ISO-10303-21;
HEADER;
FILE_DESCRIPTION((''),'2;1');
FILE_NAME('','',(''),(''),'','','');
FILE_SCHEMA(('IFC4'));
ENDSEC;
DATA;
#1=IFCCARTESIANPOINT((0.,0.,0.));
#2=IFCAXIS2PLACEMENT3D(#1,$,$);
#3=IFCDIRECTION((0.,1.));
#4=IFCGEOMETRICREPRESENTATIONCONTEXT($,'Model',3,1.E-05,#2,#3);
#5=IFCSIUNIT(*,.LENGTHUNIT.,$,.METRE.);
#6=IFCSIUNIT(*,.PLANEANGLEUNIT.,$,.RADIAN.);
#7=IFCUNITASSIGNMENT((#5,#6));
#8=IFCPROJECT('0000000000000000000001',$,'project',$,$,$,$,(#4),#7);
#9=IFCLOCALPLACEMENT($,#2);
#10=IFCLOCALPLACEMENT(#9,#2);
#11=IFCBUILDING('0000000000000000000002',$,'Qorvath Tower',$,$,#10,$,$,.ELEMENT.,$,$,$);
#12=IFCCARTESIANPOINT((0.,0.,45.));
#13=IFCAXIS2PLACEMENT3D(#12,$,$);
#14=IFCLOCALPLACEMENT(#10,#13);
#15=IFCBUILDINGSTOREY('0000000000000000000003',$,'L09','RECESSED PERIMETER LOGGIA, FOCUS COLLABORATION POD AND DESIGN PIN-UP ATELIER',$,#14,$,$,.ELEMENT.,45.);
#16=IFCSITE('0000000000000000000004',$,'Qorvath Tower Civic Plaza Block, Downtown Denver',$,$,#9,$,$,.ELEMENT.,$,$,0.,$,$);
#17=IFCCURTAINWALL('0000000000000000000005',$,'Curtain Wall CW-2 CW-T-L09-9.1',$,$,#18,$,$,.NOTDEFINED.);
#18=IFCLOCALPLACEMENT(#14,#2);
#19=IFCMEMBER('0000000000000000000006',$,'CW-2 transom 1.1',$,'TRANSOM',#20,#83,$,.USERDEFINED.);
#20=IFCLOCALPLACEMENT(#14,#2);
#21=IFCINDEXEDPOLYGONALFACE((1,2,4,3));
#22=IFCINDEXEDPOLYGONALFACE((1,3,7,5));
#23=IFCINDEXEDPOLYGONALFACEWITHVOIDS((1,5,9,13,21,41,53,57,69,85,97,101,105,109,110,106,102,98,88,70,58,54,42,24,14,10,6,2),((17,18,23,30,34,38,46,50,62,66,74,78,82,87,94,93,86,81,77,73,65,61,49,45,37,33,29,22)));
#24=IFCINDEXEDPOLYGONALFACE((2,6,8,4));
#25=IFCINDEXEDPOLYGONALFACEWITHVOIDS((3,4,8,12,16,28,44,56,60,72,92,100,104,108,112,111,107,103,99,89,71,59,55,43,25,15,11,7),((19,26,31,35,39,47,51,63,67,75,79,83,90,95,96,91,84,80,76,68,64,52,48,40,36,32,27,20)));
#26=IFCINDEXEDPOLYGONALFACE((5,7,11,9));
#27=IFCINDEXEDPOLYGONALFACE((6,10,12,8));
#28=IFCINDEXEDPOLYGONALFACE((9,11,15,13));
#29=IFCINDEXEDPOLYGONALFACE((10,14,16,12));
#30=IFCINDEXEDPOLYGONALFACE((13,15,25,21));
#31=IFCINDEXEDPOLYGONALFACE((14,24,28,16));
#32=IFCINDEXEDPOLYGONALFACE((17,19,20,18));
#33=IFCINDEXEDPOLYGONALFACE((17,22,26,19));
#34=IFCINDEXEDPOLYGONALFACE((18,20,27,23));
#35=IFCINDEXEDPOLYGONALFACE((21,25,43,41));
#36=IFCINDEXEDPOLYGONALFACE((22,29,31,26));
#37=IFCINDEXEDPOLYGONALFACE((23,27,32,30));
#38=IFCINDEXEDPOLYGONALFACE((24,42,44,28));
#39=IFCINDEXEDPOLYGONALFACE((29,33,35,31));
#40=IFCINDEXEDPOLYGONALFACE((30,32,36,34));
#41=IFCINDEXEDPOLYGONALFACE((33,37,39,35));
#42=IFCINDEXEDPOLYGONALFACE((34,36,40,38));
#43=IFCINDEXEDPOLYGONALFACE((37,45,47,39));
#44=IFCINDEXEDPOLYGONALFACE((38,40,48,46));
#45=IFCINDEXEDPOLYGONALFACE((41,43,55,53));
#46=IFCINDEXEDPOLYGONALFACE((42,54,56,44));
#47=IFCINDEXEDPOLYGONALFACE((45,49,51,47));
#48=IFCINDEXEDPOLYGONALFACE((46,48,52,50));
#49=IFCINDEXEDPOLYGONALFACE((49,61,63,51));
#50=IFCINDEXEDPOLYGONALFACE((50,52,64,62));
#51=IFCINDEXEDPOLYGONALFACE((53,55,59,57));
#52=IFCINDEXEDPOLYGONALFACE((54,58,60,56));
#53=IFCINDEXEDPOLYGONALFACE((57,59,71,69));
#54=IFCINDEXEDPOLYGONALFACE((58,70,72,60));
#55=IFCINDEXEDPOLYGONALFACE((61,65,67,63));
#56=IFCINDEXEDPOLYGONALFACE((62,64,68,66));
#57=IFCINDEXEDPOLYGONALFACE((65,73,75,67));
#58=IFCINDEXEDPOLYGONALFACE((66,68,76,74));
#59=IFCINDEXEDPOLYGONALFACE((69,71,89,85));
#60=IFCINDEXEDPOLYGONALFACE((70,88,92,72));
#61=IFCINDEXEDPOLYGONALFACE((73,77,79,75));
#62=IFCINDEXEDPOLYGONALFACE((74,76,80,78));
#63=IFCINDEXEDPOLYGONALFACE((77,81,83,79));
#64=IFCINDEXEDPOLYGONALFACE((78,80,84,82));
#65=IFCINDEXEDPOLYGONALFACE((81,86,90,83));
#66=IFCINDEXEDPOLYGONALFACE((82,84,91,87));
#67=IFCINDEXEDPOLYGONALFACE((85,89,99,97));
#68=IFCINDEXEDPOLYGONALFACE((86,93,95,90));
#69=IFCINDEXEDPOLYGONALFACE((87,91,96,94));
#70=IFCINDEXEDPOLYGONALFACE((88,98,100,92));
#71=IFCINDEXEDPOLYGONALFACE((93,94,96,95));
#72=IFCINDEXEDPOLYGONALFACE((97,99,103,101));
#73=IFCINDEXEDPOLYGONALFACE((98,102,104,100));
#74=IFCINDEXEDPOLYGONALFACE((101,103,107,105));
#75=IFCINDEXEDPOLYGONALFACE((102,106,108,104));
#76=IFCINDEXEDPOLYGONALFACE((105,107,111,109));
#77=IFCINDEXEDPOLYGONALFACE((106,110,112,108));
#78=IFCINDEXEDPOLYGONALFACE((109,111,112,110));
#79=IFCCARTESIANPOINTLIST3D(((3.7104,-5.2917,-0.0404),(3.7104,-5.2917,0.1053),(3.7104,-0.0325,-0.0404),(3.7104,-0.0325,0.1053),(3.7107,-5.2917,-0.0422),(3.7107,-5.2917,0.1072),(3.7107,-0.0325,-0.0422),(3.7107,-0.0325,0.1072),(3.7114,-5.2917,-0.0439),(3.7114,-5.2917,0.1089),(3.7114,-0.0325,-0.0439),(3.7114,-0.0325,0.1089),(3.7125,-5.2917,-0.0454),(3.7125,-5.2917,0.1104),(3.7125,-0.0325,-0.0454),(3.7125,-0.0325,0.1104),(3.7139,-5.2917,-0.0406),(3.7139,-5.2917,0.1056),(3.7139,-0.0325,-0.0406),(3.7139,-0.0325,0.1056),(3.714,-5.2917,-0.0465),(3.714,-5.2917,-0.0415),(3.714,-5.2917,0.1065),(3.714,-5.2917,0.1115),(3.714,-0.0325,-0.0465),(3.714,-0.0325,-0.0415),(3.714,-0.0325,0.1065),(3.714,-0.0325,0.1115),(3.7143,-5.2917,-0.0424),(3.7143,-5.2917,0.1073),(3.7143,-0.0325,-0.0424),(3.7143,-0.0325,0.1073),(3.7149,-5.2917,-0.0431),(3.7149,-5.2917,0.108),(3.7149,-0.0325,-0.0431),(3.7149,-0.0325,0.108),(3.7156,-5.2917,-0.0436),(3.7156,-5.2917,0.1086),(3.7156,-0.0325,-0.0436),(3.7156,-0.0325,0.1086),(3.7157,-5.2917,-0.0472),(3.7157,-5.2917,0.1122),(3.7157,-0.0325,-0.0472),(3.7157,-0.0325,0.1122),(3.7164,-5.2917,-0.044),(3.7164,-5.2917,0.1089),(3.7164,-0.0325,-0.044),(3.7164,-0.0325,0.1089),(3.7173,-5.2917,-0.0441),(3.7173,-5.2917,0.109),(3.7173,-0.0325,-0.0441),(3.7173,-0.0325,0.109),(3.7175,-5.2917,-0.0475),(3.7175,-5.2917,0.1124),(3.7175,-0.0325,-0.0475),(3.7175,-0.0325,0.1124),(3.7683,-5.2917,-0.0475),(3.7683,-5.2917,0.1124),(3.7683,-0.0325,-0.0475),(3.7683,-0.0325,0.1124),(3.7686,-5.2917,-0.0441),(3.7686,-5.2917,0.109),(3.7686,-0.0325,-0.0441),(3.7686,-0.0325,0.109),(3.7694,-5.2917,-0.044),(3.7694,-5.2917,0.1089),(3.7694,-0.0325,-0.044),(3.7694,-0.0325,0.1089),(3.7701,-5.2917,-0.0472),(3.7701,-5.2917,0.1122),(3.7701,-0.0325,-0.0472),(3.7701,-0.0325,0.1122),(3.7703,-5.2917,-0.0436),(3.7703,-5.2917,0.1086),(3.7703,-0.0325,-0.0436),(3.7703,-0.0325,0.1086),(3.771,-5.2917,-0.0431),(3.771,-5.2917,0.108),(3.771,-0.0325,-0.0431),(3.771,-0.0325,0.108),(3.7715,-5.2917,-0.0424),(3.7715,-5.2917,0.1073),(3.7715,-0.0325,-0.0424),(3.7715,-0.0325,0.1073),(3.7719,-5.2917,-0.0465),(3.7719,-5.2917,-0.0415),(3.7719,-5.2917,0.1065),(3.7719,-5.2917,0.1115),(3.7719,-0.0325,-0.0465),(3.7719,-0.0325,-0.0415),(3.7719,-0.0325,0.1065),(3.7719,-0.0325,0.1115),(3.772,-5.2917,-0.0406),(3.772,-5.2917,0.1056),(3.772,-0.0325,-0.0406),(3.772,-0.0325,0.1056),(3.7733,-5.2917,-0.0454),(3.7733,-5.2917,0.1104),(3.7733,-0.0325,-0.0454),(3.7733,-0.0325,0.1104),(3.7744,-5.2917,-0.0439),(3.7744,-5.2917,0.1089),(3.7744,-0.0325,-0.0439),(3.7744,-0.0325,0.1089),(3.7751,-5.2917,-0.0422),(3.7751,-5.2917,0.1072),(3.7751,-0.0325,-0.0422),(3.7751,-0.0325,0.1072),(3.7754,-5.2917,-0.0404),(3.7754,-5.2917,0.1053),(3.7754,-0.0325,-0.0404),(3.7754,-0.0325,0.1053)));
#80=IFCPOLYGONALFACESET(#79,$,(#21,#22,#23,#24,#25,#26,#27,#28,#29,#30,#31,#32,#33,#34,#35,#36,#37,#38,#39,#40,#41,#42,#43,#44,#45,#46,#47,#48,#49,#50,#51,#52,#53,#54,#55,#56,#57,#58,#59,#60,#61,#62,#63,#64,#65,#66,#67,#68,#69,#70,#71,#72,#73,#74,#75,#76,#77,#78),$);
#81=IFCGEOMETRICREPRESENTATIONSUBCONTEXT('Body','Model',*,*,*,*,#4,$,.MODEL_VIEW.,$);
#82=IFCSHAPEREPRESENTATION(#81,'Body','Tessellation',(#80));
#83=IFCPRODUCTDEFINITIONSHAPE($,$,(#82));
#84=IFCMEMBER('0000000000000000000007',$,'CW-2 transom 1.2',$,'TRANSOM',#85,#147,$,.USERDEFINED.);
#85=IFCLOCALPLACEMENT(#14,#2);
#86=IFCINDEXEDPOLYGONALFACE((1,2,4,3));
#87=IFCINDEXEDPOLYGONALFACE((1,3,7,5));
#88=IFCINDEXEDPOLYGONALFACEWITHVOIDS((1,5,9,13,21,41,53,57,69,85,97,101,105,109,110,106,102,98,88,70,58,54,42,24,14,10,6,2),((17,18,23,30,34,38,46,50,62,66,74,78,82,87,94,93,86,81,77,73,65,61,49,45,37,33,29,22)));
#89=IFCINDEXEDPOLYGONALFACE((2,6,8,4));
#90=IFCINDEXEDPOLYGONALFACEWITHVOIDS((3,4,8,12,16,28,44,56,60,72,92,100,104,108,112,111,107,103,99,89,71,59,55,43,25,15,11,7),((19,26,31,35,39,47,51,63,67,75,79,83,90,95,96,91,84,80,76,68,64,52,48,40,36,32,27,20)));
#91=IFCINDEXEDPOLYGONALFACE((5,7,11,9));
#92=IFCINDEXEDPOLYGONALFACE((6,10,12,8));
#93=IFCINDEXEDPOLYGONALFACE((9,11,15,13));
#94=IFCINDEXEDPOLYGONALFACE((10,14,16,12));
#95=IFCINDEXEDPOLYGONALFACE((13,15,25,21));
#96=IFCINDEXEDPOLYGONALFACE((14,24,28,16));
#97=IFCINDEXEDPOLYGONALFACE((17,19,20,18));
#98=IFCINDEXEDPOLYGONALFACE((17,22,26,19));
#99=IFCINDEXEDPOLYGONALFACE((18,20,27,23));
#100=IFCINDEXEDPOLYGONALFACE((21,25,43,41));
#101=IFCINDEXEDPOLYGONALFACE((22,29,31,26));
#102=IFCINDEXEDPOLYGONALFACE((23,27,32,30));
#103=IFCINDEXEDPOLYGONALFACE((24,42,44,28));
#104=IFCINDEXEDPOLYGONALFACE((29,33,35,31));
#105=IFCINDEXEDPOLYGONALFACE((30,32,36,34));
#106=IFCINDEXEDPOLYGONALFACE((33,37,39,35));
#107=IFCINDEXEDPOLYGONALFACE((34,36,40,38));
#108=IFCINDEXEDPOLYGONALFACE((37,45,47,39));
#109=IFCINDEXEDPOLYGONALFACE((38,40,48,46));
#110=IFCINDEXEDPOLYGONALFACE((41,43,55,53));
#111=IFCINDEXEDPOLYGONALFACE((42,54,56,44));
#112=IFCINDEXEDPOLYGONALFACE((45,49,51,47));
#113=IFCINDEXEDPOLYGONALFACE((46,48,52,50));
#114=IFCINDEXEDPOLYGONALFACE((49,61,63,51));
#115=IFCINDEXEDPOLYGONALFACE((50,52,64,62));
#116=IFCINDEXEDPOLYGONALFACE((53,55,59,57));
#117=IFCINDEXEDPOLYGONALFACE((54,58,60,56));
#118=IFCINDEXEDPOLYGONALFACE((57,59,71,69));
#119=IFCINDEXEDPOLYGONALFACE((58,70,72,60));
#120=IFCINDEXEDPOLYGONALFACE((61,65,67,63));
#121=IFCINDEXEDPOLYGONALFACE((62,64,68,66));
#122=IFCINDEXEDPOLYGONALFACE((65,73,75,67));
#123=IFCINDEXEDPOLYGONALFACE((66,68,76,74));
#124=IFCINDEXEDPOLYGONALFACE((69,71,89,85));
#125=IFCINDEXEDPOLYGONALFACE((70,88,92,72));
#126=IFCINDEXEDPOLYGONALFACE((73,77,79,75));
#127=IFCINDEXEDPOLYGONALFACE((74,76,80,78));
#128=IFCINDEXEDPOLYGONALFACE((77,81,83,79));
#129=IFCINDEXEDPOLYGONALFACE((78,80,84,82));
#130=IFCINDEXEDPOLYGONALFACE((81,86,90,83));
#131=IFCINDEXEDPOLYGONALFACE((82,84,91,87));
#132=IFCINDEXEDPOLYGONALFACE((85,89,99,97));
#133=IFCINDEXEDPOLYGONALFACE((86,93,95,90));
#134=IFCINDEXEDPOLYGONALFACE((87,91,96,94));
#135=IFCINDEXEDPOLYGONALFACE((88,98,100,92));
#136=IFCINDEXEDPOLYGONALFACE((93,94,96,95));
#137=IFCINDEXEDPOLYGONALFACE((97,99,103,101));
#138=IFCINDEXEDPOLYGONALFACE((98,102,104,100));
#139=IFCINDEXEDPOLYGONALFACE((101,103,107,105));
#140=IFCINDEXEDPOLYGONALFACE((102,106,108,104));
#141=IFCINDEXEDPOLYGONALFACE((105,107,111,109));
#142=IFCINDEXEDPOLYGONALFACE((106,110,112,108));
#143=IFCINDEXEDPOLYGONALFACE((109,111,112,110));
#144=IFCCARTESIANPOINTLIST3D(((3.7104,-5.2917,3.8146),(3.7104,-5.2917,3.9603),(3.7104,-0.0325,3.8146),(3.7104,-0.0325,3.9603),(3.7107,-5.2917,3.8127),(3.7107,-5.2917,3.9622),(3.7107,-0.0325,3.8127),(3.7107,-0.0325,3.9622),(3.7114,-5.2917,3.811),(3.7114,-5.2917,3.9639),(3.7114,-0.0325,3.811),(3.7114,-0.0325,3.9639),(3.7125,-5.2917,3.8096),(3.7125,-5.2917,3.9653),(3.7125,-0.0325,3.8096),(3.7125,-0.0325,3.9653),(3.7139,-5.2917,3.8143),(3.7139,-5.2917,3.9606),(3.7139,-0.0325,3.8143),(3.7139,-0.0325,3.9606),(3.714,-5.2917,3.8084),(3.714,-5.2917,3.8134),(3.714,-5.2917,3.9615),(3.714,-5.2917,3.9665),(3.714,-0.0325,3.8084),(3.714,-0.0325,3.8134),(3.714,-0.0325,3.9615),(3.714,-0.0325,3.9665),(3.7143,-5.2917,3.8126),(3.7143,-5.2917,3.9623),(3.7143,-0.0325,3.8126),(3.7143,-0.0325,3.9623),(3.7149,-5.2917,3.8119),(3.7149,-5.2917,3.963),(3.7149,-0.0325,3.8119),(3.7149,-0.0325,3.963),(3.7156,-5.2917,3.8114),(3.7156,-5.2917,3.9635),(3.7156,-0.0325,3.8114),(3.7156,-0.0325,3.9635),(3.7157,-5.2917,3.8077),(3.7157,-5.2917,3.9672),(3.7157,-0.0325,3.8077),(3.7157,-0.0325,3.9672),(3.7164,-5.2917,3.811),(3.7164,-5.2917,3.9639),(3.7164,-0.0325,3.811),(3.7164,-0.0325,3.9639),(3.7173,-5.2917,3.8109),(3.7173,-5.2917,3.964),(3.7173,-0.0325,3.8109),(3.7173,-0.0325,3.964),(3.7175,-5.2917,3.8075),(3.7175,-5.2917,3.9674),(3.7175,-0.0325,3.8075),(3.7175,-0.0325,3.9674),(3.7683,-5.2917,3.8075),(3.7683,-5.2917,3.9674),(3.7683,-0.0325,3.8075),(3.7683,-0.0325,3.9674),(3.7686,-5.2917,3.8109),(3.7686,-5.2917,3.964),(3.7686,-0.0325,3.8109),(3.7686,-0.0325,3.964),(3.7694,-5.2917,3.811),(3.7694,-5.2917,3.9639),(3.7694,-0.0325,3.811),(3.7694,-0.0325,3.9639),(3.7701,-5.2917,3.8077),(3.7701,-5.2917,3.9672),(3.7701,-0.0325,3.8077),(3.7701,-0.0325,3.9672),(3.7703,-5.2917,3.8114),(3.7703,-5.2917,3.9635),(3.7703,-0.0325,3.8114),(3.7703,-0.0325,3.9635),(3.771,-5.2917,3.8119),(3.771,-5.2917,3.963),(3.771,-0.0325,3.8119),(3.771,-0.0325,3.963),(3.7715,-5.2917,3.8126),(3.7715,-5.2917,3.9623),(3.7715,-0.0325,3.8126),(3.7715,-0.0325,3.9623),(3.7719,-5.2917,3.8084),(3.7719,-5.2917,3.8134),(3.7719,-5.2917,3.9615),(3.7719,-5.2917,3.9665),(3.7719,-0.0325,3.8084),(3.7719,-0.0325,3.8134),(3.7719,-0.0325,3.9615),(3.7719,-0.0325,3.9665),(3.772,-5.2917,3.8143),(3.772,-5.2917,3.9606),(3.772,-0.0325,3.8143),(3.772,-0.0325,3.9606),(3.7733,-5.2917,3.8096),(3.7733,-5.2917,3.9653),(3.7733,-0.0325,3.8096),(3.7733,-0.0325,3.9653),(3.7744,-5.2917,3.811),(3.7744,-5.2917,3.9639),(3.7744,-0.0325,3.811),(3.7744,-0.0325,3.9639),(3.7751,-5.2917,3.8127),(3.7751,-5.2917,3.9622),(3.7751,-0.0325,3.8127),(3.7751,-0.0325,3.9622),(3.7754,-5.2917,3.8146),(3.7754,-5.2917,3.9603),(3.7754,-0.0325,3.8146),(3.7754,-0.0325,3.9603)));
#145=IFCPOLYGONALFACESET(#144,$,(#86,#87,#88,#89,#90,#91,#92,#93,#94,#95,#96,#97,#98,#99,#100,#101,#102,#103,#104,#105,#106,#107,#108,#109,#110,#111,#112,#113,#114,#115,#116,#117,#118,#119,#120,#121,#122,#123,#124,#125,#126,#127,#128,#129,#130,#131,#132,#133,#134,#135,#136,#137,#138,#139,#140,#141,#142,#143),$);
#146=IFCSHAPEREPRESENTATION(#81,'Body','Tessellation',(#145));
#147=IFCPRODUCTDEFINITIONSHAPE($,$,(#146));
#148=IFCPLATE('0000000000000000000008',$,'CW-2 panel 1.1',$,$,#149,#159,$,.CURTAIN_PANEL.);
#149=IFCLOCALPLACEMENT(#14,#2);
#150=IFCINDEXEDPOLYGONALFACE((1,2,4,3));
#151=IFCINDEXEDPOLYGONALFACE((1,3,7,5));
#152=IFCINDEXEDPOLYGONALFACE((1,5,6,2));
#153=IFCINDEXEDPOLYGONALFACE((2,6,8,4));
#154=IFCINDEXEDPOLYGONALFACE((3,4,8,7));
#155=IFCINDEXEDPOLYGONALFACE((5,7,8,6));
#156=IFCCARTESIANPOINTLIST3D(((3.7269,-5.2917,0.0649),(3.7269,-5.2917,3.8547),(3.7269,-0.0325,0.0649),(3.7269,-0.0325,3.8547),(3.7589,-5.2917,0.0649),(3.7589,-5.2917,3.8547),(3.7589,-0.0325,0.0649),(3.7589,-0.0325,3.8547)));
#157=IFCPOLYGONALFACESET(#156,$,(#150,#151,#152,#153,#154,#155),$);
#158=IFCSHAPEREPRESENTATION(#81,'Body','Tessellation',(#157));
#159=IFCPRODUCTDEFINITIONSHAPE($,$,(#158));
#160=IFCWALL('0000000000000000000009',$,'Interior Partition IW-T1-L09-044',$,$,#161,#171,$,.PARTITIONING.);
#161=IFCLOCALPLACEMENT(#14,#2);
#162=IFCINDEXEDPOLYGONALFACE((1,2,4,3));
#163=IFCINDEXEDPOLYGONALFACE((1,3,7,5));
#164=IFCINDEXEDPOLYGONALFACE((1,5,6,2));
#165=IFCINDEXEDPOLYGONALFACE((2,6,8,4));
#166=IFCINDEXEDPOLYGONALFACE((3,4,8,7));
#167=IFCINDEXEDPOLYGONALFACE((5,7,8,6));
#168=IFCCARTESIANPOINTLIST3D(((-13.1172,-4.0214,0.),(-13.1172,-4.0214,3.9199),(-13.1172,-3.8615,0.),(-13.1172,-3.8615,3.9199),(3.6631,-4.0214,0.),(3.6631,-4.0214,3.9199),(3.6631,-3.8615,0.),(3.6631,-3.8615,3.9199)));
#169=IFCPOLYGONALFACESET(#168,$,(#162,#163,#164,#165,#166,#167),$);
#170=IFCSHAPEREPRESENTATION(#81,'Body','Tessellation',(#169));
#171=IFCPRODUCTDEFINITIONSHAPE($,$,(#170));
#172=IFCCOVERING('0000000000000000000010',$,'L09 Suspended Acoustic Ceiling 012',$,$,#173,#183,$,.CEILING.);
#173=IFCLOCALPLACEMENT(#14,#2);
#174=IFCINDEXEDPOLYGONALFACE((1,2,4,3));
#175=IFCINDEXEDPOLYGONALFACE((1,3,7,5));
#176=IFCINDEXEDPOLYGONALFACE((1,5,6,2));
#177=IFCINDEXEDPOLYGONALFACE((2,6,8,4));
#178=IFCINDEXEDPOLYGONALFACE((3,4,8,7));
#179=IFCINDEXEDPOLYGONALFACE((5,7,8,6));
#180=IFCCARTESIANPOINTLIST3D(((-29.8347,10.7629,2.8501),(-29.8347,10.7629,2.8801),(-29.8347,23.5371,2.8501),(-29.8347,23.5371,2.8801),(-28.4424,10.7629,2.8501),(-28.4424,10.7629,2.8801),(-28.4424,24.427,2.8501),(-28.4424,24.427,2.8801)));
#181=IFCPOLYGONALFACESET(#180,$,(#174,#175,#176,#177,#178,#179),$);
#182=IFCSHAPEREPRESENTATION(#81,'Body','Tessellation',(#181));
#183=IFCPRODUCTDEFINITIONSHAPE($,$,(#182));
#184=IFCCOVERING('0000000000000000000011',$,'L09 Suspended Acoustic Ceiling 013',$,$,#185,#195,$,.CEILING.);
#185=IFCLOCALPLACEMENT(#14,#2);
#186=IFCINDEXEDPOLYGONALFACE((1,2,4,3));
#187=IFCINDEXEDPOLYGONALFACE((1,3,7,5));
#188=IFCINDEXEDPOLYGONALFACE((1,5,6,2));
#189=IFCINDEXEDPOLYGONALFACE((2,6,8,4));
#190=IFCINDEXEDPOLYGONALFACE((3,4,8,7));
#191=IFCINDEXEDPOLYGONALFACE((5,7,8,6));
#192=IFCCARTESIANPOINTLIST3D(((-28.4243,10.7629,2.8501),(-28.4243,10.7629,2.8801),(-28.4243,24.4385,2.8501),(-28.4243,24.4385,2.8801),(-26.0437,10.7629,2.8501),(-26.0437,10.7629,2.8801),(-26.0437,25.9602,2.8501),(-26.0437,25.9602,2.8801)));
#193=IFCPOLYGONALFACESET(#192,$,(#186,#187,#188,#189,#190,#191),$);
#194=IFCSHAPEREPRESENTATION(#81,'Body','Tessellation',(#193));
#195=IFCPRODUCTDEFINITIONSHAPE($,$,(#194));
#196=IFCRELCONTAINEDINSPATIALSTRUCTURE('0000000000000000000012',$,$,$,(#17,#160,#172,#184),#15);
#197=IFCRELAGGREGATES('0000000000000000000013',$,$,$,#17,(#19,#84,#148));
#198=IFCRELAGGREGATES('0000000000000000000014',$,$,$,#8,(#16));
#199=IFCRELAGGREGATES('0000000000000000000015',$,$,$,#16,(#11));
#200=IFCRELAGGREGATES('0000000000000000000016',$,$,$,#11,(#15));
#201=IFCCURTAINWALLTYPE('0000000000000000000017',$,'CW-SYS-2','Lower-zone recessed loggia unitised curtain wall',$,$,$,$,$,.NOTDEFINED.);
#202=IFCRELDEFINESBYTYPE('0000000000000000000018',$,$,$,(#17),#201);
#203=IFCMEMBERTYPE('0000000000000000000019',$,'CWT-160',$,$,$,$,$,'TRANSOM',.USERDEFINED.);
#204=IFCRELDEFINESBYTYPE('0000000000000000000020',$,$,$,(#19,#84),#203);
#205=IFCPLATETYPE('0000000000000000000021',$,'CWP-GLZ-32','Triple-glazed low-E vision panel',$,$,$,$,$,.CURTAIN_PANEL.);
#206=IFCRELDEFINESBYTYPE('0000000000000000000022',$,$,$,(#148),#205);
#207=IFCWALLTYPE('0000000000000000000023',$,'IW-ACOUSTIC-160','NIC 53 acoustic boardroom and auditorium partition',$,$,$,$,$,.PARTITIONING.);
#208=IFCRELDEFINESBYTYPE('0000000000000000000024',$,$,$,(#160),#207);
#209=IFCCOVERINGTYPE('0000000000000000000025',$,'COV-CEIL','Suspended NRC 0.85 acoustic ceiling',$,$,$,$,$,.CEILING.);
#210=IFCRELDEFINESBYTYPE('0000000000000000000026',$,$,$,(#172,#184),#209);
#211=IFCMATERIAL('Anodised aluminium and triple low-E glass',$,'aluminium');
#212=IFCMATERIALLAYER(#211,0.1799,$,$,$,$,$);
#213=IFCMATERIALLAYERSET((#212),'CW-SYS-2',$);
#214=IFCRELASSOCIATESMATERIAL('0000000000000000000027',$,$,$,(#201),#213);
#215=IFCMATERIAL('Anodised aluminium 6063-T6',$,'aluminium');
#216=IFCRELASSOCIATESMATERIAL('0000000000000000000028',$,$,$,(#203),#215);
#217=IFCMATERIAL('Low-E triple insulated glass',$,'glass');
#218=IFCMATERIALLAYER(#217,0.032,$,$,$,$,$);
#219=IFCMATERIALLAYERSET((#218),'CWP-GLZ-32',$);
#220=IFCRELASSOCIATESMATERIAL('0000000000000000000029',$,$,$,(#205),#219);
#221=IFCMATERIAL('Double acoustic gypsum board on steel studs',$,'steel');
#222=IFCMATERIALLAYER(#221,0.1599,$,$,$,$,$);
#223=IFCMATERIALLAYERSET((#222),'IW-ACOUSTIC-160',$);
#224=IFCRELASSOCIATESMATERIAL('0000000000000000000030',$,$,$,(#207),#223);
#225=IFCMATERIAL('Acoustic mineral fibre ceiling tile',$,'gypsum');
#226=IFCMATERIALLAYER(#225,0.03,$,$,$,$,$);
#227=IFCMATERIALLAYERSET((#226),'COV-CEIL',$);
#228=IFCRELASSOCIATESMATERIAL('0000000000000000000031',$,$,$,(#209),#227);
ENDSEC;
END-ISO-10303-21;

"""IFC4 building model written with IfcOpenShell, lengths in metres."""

from ifc_helpers import new_model, si_unit, direction, frame, frame_2d, origin, origin_2d, place, context, subcontext, project, spatial, polyline, rectangle, hollow_rectangle, outline, extrude, material, layer, layer_set, material_profile, profile_set, type_object, element, aggregate, save


model = new_model("IFC4")

# Units and contexts
model_context = context("Model", 3, precision=1e-05, world=origin(), true_north=direction((0.0, 1.0)))
body_context = subcontext(model_context, "Body", "Model", "MODEL_VIEW")
ifc_project = project(units=[si_unit("LENGTHUNIT", "METRE"), si_unit("PLANEANGLEUNIT", "RADIAN")], contexts=[model_context])

# Site, building, storey
site_placement = place(None, origin())
site = spatial("IfcSite", under=ifc_project, at=site_placement, Name="Qorvath Tower Civic Plaza Block, Downtown Denver", CompositionType="ELEMENT", RefElevation=0.0)
building_placement = place(site_placement, origin())
building = spatial("IfcBuilding", under=site, at=building_placement, Name="Qorvath Tower", CompositionType="ELEMENT")
storey_placement = place(building_placement, frame((0.0, 0.0, 45.0)))
storey = spatial("IfcBuildingStorey", under=building, at=storey_placement, Name="L09", Description="RECESSED PERIMETER LOGGIA, FOCUS COLLABORATION POD AND DESIGN PIN-UP ATELIER", CompositionType="ELEMENT", Elevation=45.0)

# Shared definitions
ifc_material_1 = material(Name="Anodised aluminium and triple low-E glass", Category="aluminium")
ifc_layer_1 = layer(ifc_material_1, 0.1799)
ifc_layer_set_1 = layer_set([ifc_layer_1], Name="CW-SYS-2")
curtain_wall_type = type_object("IfcCurtainWallType", Name="CW-SYS-2", Description="Lower-zone recessed loggia unitised curtain wall", PredefinedType="NOTDEFINED", material=ifc_layer_set_1)

# Curtain wall, members, plate
curtain_wall_1_placement = place(storey_placement, origin())
curtain_wall_1 = element("IfcCurtainWall", 1, at=curtain_wall_1_placement, inside=storey, type_object=curtain_wall_type, Name="Curtain Wall CW-2 CW-T-L09-9.1", PredefinedType="NOTDEFINED")
ifc_material_2 = material(Name="Anodised aluminium 6063-T6", Category="aluminium")
ifc_material_profile_1 = material_profile(ifc_material_2, hollow_rectangle(XDim=0.0649, YDim=0.1599, WallThickness=0.0034, InnerFilletRadius=0.0034, OuterFilletRadius=0.0071, at=origin_2d()), Name="CWT 160x65")
ifc_profile_set_1 = profile_set([ifc_material_profile_1], Name="Anodised aluminium 6063-T6")
member_type_1 = type_object("IfcMemberType", Name="CWT-160", ElementType="TRANSOM", PredefinedType="USERDEFINED", material=ifc_profile_set_1)
member_1_placement = place(storey_placement, frame((3.7429, -5.2917, 0.0325), z_axis=(0.0, 1.0, 0.0), x_axis=(-1.0, 0.0, 0.0)))
member_1 = element("IfcMember", 2, at=member_1_placement, type_object=member_type_1, Name="CW-2 transom 1.1", ObjectType="TRANSOM", PredefinedType="USERDEFINED", context=body_context, shape_type="SweptSolid", body=[
    extrude(hollow_rectangle(XDim=0.0649, YDim=0.1599, WallThickness=0.0034, InnerFilletRadius=0.0034, OuterFilletRadius=0.0071, at=origin_2d()), origin(), (0.0, 0.0, 1.0), 5.2593),
])
member_2_placement = place(storey_placement, frame((3.7429, -5.2917, 3.8875), z_axis=(0.0, 1.0, 0.0), x_axis=(-1.0, 0.0, 0.0)))
member_2 = element("IfcMember", 3, at=member_2_placement, type_object=member_type_1, Name="CW-2 transom 1.2", ObjectType="TRANSOM", PredefinedType="USERDEFINED", context=body_context, shape_type="SweptSolid", body=[
    extrude(hollow_rectangle(XDim=0.0649, YDim=0.1599, WallThickness=0.0034, InnerFilletRadius=0.0034, OuterFilletRadius=0.0071, at=origin_2d()), origin(), (0.0, 0.0, 1.0), 5.2593),
])
ifc_material_3 = material(Name="Low-E triple insulated glass", Category="glass")
ifc_layer_2 = layer(ifc_material_3, 0.032)
ifc_layer_set_2 = layer_set([ifc_layer_2], Name="CWP-GLZ-32")
plate_type = type_object("IfcPlateType", Name="CWP-GLZ-32", Description="Triple-glazed low-E vision panel", PredefinedType="CURTAIN_PANEL", material=ifc_layer_set_2)
plate_placement = place(storey_placement, frame((3.7429, -2.6621, 0.0649), z_axis=(0.0, 0.0, 1.0), x_axis=(0.0, 1.0, 0.0)))
plate = element("IfcPlate", 4, at=plate_placement, type_object=plate_type, Name="CW-2 panel 1.1", PredefinedType="CURTAIN_PANEL", context=body_context, shape_type="SweptSolid", body=[
    extrude(rectangle(XDim=5.2593, YDim=0.032, at=origin_2d()), origin(), (0.0, 0.0, 1.0), 3.7898),
])
aggregate(curtain_wall_1, [member_1, member_2, plate])

# Wall
ifc_material_4 = material(Name="Double acoustic gypsum board on steel studs", Category="steel")
ifc_layer_3 = layer(ifc_material_4, 0.1599)
ifc_layer_set_3 = layer_set([ifc_layer_3], Name="IW-ACOUSTIC-160")
wall_type = type_object("IfcWallType", Name="IW-ACOUSTIC-160", Description="NIC 53 acoustic boardroom and auditorium partition", PredefinedType="PARTITIONING", material=ifc_layer_set_3)
wall_placement = place(storey_placement, frame((3.6631, -3.9414, 0.0), z_axis=(0.0, 0.0, 1.0), x_axis=(-1.0, 0.0, 0.0)))
element("IfcWall", 5, at=wall_placement, inside=storey, type_object=wall_type, Name="Interior Partition IW-T1-L09-044", PredefinedType="PARTITIONING", context=body_context, shape_type="SweptSolid", body=[
    extrude(rectangle(XDim=16.7803, YDim=0.1599, at=frame_2d((8.3901, 0.0))), origin(), (0.0, 0.0, 1.0), 3.9199),
])

# Coverings
ifc_material_5 = material(Name="Acoustic mineral fibre ceiling tile", Category="gypsum")
ifc_layer_4 = layer(ifc_material_5, 0.03)
ifc_layer_set_4 = layer_set([ifc_layer_4], Name="COV-CEIL")
covering_type_1 = type_object("IfcCoveringType", Name="COV-CEIL", Description="Suspended NRC 0.85 acoustic ceiling", PredefinedType="CEILING", material=ifc_layer_set_4)
covering_1_placement = place(storey_placement, frame((0.0, 0.0, 2.8501)))
element("IfcCovering", 6, at=covering_1_placement, inside=storey, type_object=covering_type_1, Name="L09 Suspended Acoustic Ceiling 012", PredefinedType="CEILING", context=body_context, shape_type="SweptSolid", body=[
    extrude(outline(polyline([(-29.8347, 23.5371), (-29.8347, 10.7629), (-28.4424, 10.7629), (-28.4424, 24.427), (-29.8347, 23.5371)])), origin(), (0.0, 0.0, 1.0), 0.03),
])
covering_2_placement = place(storey_placement, frame((0.0, 0.0, 2.8501)))
element("IfcCovering", 7, at=covering_2_placement, inside=storey, type_object=covering_type_1, Name="L09 Suspended Acoustic Ceiling 013", PredefinedType="CEILING", context=body_context, shape_type="SweptSolid", body=[
    extrude(outline(polyline([(-26.0437, 10.7629), (-26.0437, 25.9602), (-28.4243, 24.4385), (-28.4243, 10.7629), (-26.0437, 10.7629)])), origin(), (0.0, 0.0, 1.0), 0.03),
])

save(model, "model.ifc")
